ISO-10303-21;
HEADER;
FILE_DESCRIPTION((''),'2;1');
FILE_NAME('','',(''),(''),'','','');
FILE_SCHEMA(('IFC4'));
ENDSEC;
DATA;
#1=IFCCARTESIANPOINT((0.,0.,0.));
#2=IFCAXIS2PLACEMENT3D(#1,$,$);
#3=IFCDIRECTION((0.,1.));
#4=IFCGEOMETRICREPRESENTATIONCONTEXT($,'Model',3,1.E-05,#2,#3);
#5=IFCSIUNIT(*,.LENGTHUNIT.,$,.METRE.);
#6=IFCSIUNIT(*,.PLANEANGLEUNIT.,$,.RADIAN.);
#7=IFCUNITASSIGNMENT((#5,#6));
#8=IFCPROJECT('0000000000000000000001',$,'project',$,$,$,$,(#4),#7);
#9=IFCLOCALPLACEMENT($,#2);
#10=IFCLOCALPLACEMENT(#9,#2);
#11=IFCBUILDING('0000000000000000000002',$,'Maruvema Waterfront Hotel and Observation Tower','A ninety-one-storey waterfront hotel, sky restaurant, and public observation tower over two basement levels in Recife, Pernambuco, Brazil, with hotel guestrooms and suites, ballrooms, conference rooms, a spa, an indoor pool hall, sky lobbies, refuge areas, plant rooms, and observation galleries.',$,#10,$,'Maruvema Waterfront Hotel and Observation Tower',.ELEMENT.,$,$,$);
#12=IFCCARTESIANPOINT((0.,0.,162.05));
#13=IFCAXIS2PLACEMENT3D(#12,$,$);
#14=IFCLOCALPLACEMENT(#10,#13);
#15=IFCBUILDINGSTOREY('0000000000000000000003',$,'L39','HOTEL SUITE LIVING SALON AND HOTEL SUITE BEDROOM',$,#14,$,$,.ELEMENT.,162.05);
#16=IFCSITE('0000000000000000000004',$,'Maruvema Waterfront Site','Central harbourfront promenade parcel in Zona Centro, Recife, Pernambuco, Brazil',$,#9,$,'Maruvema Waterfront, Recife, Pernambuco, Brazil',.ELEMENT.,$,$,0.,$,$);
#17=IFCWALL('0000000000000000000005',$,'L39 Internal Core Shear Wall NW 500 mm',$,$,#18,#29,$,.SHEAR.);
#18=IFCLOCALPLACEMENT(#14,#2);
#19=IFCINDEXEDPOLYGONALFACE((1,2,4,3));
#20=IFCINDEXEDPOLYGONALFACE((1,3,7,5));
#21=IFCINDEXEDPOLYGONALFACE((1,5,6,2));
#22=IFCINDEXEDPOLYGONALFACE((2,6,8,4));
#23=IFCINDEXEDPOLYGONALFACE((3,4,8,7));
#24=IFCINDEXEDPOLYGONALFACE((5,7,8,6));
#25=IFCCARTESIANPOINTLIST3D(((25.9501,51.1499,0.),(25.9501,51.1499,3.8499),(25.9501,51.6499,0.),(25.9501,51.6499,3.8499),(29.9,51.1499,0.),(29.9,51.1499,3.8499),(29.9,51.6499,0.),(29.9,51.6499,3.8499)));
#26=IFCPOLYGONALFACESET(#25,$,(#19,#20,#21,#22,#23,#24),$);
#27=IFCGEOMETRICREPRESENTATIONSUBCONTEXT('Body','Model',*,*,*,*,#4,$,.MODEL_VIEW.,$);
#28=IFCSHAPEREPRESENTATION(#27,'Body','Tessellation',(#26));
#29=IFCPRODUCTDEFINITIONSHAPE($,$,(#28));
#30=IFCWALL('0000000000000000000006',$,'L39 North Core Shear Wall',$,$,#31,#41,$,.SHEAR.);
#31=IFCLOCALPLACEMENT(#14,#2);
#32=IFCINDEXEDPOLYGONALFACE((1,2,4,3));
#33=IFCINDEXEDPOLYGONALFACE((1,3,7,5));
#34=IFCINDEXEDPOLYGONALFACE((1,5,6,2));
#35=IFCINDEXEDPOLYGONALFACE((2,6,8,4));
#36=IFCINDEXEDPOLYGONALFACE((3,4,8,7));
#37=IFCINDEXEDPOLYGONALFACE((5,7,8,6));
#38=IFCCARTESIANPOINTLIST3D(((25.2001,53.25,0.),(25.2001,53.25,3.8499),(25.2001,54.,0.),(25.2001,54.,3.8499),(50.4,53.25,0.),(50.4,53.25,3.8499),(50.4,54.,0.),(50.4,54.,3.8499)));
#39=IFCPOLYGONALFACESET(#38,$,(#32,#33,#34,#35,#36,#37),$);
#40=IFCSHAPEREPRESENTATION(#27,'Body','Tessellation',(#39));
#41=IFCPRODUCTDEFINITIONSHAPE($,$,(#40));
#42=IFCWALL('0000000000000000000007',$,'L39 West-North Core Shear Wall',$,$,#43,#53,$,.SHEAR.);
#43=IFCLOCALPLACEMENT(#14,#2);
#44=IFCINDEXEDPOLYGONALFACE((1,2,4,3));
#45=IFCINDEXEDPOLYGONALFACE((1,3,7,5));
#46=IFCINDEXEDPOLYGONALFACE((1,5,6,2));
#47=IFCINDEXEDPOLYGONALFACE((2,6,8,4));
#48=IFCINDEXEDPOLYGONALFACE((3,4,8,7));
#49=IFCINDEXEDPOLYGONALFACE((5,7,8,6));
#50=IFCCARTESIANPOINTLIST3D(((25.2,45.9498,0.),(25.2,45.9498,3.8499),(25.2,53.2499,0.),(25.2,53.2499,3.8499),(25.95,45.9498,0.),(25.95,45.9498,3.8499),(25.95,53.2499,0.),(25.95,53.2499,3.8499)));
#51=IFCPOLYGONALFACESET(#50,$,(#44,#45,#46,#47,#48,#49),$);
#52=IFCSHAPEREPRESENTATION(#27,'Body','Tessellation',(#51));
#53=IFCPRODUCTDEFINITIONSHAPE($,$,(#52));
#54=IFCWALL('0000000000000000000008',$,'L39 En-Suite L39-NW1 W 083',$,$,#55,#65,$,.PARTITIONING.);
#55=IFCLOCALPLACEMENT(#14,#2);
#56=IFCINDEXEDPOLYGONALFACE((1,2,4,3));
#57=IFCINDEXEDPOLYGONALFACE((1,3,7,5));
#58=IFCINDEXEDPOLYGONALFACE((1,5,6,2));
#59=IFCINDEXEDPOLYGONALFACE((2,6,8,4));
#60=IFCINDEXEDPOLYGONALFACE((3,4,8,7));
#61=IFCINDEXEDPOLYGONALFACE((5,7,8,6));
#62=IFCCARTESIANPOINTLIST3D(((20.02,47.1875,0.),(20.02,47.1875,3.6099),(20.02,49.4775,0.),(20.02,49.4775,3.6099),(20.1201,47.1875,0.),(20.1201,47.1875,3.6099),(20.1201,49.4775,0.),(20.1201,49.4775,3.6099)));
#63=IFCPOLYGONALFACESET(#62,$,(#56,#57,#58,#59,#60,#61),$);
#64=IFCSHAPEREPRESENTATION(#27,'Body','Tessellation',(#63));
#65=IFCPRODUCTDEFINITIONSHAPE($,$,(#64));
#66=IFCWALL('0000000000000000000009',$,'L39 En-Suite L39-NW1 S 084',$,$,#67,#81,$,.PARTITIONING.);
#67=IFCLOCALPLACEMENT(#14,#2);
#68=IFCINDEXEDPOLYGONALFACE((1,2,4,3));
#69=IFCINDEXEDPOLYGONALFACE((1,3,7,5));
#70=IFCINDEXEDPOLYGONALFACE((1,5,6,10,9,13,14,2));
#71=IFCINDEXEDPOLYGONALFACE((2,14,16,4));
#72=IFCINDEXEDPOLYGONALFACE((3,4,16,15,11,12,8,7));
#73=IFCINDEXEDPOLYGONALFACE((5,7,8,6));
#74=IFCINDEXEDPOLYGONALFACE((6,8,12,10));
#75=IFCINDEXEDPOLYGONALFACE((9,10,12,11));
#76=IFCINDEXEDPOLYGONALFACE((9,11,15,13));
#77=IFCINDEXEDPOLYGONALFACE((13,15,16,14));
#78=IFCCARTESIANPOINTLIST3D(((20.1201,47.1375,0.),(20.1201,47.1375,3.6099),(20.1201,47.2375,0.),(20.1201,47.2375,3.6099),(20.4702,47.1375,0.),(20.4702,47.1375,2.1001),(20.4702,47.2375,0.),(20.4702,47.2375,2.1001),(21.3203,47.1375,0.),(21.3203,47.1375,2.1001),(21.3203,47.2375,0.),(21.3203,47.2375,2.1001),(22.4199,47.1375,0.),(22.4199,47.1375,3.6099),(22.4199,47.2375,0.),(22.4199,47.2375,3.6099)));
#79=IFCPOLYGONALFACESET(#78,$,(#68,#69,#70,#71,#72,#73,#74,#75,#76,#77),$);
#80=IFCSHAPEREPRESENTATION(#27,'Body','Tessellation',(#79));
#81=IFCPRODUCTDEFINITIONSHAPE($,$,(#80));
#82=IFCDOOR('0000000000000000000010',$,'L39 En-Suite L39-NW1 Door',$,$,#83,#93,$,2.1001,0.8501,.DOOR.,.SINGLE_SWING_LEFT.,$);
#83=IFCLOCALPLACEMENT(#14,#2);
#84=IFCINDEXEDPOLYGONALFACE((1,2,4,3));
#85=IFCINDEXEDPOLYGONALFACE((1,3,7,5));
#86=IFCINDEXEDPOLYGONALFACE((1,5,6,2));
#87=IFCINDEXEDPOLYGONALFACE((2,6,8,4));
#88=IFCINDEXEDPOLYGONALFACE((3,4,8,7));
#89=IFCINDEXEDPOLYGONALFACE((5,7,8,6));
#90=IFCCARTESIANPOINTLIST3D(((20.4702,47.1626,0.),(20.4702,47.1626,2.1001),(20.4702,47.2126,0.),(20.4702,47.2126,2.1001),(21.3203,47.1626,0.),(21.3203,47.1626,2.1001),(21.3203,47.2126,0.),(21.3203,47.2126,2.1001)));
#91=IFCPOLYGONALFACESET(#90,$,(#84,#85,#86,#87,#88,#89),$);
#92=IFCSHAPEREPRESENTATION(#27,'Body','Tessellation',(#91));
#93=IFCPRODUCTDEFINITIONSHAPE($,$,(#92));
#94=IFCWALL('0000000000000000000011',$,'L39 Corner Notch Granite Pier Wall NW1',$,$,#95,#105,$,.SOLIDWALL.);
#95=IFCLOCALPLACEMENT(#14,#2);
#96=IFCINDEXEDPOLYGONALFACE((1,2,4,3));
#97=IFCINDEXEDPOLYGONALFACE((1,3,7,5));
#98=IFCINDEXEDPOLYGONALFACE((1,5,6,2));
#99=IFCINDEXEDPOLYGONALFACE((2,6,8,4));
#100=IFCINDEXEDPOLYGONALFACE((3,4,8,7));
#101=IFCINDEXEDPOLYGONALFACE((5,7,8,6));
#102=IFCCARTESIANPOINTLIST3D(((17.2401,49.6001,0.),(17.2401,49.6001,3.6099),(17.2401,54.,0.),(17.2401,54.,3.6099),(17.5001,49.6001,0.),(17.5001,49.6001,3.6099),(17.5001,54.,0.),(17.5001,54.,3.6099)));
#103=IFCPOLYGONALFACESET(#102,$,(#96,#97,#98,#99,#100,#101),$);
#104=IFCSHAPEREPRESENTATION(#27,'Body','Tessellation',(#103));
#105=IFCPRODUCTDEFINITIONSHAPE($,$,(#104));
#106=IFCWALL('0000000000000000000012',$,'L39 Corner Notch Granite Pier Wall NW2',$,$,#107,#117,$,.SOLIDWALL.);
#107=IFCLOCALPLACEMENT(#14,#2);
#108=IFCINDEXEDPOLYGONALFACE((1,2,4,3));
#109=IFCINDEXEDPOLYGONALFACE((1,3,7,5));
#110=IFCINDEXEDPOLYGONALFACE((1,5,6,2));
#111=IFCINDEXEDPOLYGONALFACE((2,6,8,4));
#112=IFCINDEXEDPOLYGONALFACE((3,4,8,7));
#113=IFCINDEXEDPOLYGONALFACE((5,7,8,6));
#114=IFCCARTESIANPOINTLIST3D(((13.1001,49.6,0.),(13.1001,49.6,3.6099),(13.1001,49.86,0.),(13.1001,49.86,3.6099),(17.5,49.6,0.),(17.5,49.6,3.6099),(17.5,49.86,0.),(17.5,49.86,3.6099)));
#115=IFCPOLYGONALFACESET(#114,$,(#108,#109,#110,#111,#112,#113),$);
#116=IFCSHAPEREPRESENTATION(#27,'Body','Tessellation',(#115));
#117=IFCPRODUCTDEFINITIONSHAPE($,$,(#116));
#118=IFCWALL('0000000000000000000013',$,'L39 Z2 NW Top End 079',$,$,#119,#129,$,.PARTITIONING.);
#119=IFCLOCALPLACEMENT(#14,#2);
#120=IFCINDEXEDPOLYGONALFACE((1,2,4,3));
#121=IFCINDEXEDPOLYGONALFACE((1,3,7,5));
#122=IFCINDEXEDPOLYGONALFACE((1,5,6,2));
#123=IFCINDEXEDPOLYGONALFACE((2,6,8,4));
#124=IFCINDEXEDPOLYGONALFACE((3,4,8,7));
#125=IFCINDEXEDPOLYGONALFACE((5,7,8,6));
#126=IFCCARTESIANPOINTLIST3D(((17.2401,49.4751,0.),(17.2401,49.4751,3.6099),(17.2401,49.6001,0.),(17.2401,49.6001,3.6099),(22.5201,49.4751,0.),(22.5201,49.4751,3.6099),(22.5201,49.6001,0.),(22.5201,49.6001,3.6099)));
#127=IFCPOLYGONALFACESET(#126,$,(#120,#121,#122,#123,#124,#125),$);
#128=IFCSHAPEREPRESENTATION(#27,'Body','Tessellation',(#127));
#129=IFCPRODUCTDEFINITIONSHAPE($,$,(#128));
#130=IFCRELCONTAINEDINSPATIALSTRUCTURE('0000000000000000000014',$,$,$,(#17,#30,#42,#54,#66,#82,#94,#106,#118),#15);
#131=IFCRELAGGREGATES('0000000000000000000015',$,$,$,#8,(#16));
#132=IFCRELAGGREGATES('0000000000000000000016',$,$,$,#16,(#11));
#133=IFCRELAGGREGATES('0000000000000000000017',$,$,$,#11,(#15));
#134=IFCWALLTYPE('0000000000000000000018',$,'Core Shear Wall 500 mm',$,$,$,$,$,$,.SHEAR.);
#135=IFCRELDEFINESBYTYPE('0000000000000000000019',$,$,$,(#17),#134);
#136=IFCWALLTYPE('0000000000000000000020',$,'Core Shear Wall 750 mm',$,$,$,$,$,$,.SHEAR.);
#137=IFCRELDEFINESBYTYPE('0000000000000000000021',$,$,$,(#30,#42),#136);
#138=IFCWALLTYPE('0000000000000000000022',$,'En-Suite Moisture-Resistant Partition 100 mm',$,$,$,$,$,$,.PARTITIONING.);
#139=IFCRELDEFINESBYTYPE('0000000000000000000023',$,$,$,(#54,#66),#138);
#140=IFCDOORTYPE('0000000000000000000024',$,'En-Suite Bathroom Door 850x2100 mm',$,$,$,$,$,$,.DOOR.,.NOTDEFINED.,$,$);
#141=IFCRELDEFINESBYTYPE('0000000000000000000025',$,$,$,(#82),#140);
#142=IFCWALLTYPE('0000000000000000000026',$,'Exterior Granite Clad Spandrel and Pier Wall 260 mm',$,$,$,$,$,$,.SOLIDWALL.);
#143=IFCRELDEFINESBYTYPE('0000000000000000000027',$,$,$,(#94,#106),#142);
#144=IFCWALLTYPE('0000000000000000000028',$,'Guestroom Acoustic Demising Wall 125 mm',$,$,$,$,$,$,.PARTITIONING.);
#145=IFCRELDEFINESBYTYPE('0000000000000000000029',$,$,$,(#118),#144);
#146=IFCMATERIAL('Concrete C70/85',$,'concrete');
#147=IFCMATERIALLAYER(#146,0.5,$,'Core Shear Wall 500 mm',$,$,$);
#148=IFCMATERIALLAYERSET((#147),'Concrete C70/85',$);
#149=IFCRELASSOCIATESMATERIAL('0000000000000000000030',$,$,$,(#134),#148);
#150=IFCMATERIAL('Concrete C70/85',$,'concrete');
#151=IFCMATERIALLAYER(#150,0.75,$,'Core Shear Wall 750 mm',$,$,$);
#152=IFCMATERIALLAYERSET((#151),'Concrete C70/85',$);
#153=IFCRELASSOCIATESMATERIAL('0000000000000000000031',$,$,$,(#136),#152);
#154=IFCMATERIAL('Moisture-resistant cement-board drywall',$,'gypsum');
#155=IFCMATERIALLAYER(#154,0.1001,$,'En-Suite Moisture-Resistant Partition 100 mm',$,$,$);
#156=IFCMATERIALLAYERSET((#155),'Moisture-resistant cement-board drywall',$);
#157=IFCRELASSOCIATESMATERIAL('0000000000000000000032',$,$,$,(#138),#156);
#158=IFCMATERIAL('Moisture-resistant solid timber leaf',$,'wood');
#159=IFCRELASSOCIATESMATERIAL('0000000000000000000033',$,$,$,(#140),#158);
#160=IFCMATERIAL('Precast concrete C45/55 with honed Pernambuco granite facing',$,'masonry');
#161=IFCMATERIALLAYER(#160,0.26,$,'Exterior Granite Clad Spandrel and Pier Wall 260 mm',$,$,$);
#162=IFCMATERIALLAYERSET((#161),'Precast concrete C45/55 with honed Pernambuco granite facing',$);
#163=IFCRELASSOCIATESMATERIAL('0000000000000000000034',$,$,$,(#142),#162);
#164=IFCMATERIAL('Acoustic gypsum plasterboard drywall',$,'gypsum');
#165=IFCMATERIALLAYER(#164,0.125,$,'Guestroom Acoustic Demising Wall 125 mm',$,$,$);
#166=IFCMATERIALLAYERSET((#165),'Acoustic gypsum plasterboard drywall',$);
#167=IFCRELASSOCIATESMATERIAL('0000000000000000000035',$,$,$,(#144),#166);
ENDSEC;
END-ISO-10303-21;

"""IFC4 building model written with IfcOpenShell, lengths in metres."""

from ifc_helpers import new_model, si_unit, direction, frame, frame_2d, origin, place, context, subcontext, project, spatial, rectangle, extrude, material, layer, layer_set, type_object, element, fill, save


model = new_model("IFC4")

# Units and contexts
model_context = context("Model", 3, precision=1e-05, world=origin(), true_north=direction((0.0, 1.0)))
body_context = subcontext(model_context, "Body", "Model", "MODEL_VIEW")
ifc_project = project(units=[si_unit("LENGTHUNIT", "METRE"), si_unit("PLANEANGLEUNIT", "RADIAN")], contexts=[model_context])

# Site, building, storey
site_placement = place(None, origin())
site = spatial("IfcSite", under=ifc_project, at=site_placement, Name="Maruvema Waterfront Site", Description="Central harbourfront promenade parcel in Zona Centro, Recife, Pernambuco, Brazil", LongName="Maruvema Waterfront, Recife, Pernambuco, Brazil", CompositionType="ELEMENT", RefElevation=0.0)
building_placement = place(site_placement, origin())
building = spatial("IfcBuilding", under=site, at=building_placement, Name="Maruvema Waterfront Hotel and Observation Tower", Description="A ninety-one-storey waterfront hotel, sky restaurant, and public observation tower over two basement levels in Recife, Pernambuco, Brazil, with hotel guestrooms and suites, ballrooms, conference rooms, a spa, an indoor pool hall, sky lobbies, refuge areas, plant rooms, and observation galleries.", LongName="Maruvema Waterfront Hotel and Observation Tower", CompositionType="ELEMENT")
storey_placement = place(building_placement, frame((0.0, 0.0, 162.05)))
storey = spatial("IfcBuildingStorey", under=building, at=storey_placement, Name="L39", Description="HOTEL SUITE LIVING SALON AND HOTEL SUITE BEDROOM", CompositionType="ELEMENT", Elevation=162.05)

# Walls
ifc_material_1 = material(Name="Concrete C70/85", Category="concrete")
ifc_layer_1 = layer(ifc_material_1, 0.5, Name="Core Shear Wall 500 mm")
ifc_layer_set_1 = layer_set([ifc_layer_1], Name="Concrete C70/85")
wall_type_1 = type_object("IfcWallType", Name="Core Shear Wall 500 mm", PredefinedType="SHEAR", material=ifc_layer_set_1)
wall_1_placement = place(storey_placement, frame((25.95, 51.3999, 0.0), z_axis=(0.0, 0.0, 1.0), x_axis=(1.0, 0.0, 0.0)))
element("IfcWall", 1, at=wall_1_placement, inside=storey, type_object=wall_type_1, Name="L39 Internal Core Shear Wall NW 500 mm", PredefinedType="SHEAR", context=body_context, shape_type="SweptSolid", body=[
    extrude(rectangle(XDim=3.95, YDim=0.5, at=frame_2d((1.9751, 0.0))), origin(), (0.0, 0.0, 1.0), 3.8499),
])
ifc_material_2 = material(Name="Concrete C70/85", Category="concrete")
ifc_layer_2 = layer(ifc_material_2, 0.75, Name="Core Shear Wall 750 mm")
ifc_layer_set_2 = layer_set([ifc_layer_2], Name="Concrete C70/85")
wall_type_2 = type_object("IfcWallType", Name="Core Shear Wall 750 mm", PredefinedType="SHEAR", material=ifc_layer_set_2)
wall_2_placement = place(storey_placement, frame((25.2, 53.625, 0.0), z_axis=(0.0, 0.0, 1.0), x_axis=(1.0, 0.0, 0.0)))
element("IfcWall", 2, at=wall_2_placement, inside=storey, type_object=wall_type_2, Name="L39 North Core Shear Wall", PredefinedType="SHEAR", context=body_context, shape_type="SweptSolid", body=[
    extrude(rectangle(XDim=25.2, YDim=0.75, at=frame_2d((12.6001, 0.0))), origin(), (0.0, 0.0, 1.0), 3.8499),
])
wall_3_placement = place(storey_placement, frame((25.575, 45.95, 0.0), z_axis=(0.0, 0.0, 1.0), x_axis=(0.0, 1.0, 0.0)))
element("IfcWall", 3, at=wall_3_placement, inside=storey, type_object=wall_type_2, Name="L39 West-North Core Shear Wall", PredefinedType="SHEAR", context=body_context, shape_type="SweptSolid", body=[
    extrude(rectangle(XDim=7.3, YDim=0.75, at=frame_2d((3.6499, 0.0))), origin(), (0.0, 0.0, 1.0), 3.8499),
])
ifc_material_3 = material(Name="Moisture-resistant cement-board drywall", Category="gypsum")
ifc_layer_3 = layer(ifc_material_3, 0.1001, Name="En-Suite Moisture-Resistant Partition 100 mm")
ifc_layer_set_3 = layer_set([ifc_layer_3], Name="Moisture-resistant cement-board drywall")
wall_type_3 = type_object("IfcWallType", Name="En-Suite Moisture-Resistant Partition 100 mm", PredefinedType="PARTITIONING", material=ifc_layer_set_3)
wall_4_placement = place(storey_placement, frame((20.0701, 47.1875, 0.0), z_axis=(0.0, 0.0, 1.0), x_axis=(0.0, 1.0, 0.0)))
element("IfcWall", 4, at=wall_4_placement, inside=storey, type_object=wall_type_3, Name="L39 En-Suite L39-NW1 W 083", PredefinedType="PARTITIONING", context=body_context, shape_type="SweptSolid", body=[
    extrude(rectangle(XDim=2.29, YDim=0.1001, at=frame_2d((1.145, 0.0))), origin(), (0.0, 0.0, 1.0), 3.6099),
])

# Wall, opening, door
wall_5_placement = place(storey_placement, frame((20.1201, 47.1875, 0.0), z_axis=(0.0, 0.0, 1.0), x_axis=(1.0, 0.0, 0.0)))
wall_5 = element("IfcWall", 5, at=wall_5_placement, inside=storey, type_object=wall_type_3, Name="L39 En-Suite L39-NW1 S 084", PredefinedType="PARTITIONING", context=body_context, shape_type="SweptSolid", body=[
    extrude(rectangle(XDim=2.2998, YDim=0.1001, at=frame_2d((1.1499, 0.0))), origin(), (0.0, 0.0, 1.0), 3.6099),
])
opening_placement = place(wall_5_placement, frame((0.3501, 0.0, 0.0)))
opening = element("IfcOpeningElement", 6, at=opening_placement, cuts=wall_5, PredefinedType="OPENING", context=body_context, shape_type="SweptSolid", body=[
    extrude(rectangle(XDim=0.8501, YDim=2.1001, at=frame_2d((0.425, 1.05))), frame((0.0, 0.0601, 0.0), z_axis=(0.0, -1.0, 0.0), x_axis=(1.0, 0.0, 0.0)), (0.0, 0.0, 1.0), 0.1201),
])
ifc_material_4 = material(Name="Moisture-resistant solid timber leaf", Category="wood")
door_type = type_object("IfcDoorType", Name="En-Suite Bathroom Door 850x2100 mm", OperationType="NOTDEFINED", PredefinedType="DOOR", material=ifc_material_4)
door_placement = place(opening_placement, frame((0.8501, 0.0, 0.0), z_axis=(0.0, 0.0, 1.0), x_axis=(-1.0, 0.0, 0.0)))
door = element("IfcDoor", 7, at=door_placement, inside=storey, type_object=door_type, Name="L39 En-Suite L39-NW1 Door", OperationType="SINGLE_SWING_LEFT", OverallHeight=2.1001, OverallWidth=0.8501, PredefinedType="DOOR", context=body_context, shape_type="SweptSolid", body=[
    extrude(rectangle(XDim=0.8501, YDim=2.1001, at=frame_2d((0.425, 1.05))), frame((0.0, 0.0249, 0.0), z_axis=(0.0, -1.0, 0.0), x_axis=(1.0, 0.0, 0.0)), (0.0, 0.0, 1.0), 0.05),
])
fill(opening, door)

# Walls
ifc_material_5 = material(Name="Precast concrete C45/55 with honed Pernambuco granite facing", Category="masonry")
ifc_layer_4 = layer(ifc_material_5, 0.26, Name="Exterior Granite Clad Spandrel and Pier Wall 260 mm")
ifc_layer_set_4 = layer_set([ifc_layer_4], Name="Precast concrete C45/55 with honed Pernambuco granite facing")
wall_type_4 = type_object("IfcWallType", Name="Exterior Granite Clad Spandrel and Pier Wall 260 mm", PredefinedType="SOLIDWALL", material=ifc_layer_set_4)
for number, where, z_axis, x_axis, name in (
    (8, (17.3701, 49.6001, 0.0), (0.0, 0.0, 1.0), (0.0, 1.0, 0.0), "L39 Corner Notch Granite Pier Wall NW1"),
    (9, (13.1001, 49.73, 0.0), (0.0, 0.0, 1.0), (1.0, 0.0, 0.0), "L39 Corner Notch Granite Pier Wall NW2"),
):
    element("IfcWall", number, at=place(storey_placement, frame(where, z_axis=z_axis, x_axis=x_axis)), inside=storey, type_object=wall_type_4, Name=name, PredefinedType="SOLIDWALL", context=body_context, shape_type="SweptSolid", body=[
        extrude(rectangle(XDim=4.3999, YDim=0.26, at=frame_2d((2.2, 0.0))), origin(), (0.0, 0.0, 1.0), 3.6099),
    ])
ifc_material_6 = material(Name="Acoustic gypsum plasterboard drywall", Category="gypsum")
ifc_layer_5 = layer(ifc_material_6, 0.125, Name="Guestroom Acoustic Demising Wall 125 mm")
ifc_layer_set_5 = layer_set([ifc_layer_5], Name="Acoustic gypsum plasterboard drywall")
wall_type_5 = type_object("IfcWallType", Name="Guestroom Acoustic Demising Wall 125 mm", PredefinedType="PARTITIONING", material=ifc_layer_set_5)
wall_6_placement = place(storey_placement, frame((17.24, 49.5376, 0.0), z_axis=(0.0, 0.0, 1.0), x_axis=(1.0, 0.0, 0.0)))
element("IfcWall", 10, at=wall_6_placement, inside=storey, type_object=wall_type_5, Name="L39 Z2 NW Top End 079", PredefinedType="PARTITIONING", context=body_context, shape_type="SweptSolid", body=[
    extrude(rectangle(XDim=5.28, YDim=0.125, at=frame_2d((2.6401, 0.0))), origin(), (0.0, 0.0, 1.0), 3.6099),
])

save(model, "model.ifc")
